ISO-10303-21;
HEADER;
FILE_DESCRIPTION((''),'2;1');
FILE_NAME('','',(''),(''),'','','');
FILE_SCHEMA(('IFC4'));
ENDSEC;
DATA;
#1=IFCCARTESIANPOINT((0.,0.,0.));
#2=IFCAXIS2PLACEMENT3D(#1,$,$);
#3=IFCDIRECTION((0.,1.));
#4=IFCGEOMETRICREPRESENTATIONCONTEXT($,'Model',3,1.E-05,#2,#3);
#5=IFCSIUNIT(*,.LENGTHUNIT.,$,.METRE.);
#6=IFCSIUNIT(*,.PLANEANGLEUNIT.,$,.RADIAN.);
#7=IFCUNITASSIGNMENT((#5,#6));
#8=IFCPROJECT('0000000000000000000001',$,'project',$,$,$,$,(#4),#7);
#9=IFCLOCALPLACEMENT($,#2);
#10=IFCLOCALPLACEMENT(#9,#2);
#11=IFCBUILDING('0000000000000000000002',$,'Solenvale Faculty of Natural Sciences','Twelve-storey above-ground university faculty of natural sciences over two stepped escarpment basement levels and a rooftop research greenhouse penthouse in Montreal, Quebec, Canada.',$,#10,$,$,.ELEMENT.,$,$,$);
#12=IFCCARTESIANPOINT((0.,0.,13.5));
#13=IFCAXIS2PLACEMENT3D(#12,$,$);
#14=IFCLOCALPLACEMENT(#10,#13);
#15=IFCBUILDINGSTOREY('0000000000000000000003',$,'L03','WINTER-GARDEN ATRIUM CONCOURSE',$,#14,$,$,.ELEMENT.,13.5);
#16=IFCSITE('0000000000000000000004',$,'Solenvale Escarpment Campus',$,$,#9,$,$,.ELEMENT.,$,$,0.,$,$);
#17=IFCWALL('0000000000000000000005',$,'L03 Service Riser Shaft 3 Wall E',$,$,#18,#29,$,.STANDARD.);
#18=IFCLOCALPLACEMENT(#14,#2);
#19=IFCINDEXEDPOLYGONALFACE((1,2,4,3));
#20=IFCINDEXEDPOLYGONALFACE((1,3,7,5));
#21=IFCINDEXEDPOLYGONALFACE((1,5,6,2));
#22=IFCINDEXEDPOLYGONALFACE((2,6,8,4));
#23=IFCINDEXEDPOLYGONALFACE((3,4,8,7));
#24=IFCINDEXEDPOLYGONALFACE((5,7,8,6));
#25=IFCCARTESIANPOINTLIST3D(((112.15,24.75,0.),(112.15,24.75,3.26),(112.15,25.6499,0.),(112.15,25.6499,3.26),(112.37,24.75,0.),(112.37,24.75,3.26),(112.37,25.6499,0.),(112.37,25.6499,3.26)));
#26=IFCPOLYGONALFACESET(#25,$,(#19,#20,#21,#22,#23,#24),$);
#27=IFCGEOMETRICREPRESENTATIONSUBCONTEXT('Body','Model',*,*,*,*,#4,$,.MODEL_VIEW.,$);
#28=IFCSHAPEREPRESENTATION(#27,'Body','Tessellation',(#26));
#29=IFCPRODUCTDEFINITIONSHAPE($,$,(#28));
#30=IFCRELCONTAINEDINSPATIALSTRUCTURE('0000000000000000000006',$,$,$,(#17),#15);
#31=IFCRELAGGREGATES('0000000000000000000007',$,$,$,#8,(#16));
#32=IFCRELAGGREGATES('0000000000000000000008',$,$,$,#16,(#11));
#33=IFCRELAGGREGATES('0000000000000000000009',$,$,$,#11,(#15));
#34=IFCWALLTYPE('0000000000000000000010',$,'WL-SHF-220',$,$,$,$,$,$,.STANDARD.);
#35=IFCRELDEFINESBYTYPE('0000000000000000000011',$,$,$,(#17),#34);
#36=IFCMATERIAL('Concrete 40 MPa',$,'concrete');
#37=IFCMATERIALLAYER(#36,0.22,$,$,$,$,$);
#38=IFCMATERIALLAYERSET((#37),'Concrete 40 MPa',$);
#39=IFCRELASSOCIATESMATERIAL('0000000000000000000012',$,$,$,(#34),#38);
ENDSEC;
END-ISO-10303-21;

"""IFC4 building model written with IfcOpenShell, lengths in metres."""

from ifc_helpers import new_model, si_unit, direction, frame, frame_2d, origin, place, context, subcontext, project, spatial, rectangle, extrude, material, layer, layer_set, type_object, element, save


model = new_model("IFC4")

# Units and contexts
model_context = context("Model", 3, precision=1e-05, world=origin(), true_north=direction((0.0, 1.0)))
body_context = subcontext(model_context, "Body", "Model", "MODEL_VIEW")
ifc_project = project(units=[si_unit("LENGTHUNIT", "METRE"), si_unit("PLANEANGLEUNIT", "RADIAN")], contexts=[model_context])

# Site, building, storey
site_placement = place(None, origin())
site = spatial("IfcSite", under=ifc_project, at=site_placement, Name="Solenvale Escarpment Campus", CompositionType="ELEMENT", RefElevation=0.0)
building_placement = place(site_placement, origin())
building = spatial("IfcBuilding", under=site, at=building_placement, Name="Solenvale Faculty of Natural Sciences", Description="Twelve-storey above-ground university faculty of natural sciences over two stepped escarpment basement levels and a rooftop research greenhouse penthouse in Montreal, Quebec, Canada.", CompositionType="ELEMENT")
storey_placement = place(building_placement, frame((0.0, 0.0, 13.5)))
storey = spatial("IfcBuildingStorey", under=building, at=storey_placement, Name="L03", Description="WINTER-GARDEN ATRIUM CONCOURSE", CompositionType="ELEMENT", Elevation=13.5)

# Shared definitions
ifc_material_1 = material(Name="Concrete 40 MPa", Category="concrete")

# Wall
ifc_layer_1 = layer(ifc_material_1, 0.22)
ifc_layer_set_1 = layer_set([ifc_layer_1], Name="Concrete 40 MPa")
wall_type_1 = type_object("IfcWallType", Name="WL-SHF-220", PredefinedType="STANDARD", material=ifc_layer_set_1)
wall_1_placement = place(storey_placement, frame((112.26, 24.75, 0.0), z_axis=(0.0, 0.0, 1.0), x_axis=(0.0, 1.0, 0.0)))
element("IfcWall", 1, at=wall_1_placement, inside=storey, type_object=wall_type_1, Name="L03 Service Riser Shaft 3 Wall E", PredefinedType="STANDARD", context=body_context, shape_type="SweptSolid", body=[
    extrude(rectangle(XDim=0.8999, YDim=0.22, at=frame_2d((0.45, 0.0))), origin(), (0.0, 0.0, 1.0), 3.26),
])

save(model, "model.ifc")
